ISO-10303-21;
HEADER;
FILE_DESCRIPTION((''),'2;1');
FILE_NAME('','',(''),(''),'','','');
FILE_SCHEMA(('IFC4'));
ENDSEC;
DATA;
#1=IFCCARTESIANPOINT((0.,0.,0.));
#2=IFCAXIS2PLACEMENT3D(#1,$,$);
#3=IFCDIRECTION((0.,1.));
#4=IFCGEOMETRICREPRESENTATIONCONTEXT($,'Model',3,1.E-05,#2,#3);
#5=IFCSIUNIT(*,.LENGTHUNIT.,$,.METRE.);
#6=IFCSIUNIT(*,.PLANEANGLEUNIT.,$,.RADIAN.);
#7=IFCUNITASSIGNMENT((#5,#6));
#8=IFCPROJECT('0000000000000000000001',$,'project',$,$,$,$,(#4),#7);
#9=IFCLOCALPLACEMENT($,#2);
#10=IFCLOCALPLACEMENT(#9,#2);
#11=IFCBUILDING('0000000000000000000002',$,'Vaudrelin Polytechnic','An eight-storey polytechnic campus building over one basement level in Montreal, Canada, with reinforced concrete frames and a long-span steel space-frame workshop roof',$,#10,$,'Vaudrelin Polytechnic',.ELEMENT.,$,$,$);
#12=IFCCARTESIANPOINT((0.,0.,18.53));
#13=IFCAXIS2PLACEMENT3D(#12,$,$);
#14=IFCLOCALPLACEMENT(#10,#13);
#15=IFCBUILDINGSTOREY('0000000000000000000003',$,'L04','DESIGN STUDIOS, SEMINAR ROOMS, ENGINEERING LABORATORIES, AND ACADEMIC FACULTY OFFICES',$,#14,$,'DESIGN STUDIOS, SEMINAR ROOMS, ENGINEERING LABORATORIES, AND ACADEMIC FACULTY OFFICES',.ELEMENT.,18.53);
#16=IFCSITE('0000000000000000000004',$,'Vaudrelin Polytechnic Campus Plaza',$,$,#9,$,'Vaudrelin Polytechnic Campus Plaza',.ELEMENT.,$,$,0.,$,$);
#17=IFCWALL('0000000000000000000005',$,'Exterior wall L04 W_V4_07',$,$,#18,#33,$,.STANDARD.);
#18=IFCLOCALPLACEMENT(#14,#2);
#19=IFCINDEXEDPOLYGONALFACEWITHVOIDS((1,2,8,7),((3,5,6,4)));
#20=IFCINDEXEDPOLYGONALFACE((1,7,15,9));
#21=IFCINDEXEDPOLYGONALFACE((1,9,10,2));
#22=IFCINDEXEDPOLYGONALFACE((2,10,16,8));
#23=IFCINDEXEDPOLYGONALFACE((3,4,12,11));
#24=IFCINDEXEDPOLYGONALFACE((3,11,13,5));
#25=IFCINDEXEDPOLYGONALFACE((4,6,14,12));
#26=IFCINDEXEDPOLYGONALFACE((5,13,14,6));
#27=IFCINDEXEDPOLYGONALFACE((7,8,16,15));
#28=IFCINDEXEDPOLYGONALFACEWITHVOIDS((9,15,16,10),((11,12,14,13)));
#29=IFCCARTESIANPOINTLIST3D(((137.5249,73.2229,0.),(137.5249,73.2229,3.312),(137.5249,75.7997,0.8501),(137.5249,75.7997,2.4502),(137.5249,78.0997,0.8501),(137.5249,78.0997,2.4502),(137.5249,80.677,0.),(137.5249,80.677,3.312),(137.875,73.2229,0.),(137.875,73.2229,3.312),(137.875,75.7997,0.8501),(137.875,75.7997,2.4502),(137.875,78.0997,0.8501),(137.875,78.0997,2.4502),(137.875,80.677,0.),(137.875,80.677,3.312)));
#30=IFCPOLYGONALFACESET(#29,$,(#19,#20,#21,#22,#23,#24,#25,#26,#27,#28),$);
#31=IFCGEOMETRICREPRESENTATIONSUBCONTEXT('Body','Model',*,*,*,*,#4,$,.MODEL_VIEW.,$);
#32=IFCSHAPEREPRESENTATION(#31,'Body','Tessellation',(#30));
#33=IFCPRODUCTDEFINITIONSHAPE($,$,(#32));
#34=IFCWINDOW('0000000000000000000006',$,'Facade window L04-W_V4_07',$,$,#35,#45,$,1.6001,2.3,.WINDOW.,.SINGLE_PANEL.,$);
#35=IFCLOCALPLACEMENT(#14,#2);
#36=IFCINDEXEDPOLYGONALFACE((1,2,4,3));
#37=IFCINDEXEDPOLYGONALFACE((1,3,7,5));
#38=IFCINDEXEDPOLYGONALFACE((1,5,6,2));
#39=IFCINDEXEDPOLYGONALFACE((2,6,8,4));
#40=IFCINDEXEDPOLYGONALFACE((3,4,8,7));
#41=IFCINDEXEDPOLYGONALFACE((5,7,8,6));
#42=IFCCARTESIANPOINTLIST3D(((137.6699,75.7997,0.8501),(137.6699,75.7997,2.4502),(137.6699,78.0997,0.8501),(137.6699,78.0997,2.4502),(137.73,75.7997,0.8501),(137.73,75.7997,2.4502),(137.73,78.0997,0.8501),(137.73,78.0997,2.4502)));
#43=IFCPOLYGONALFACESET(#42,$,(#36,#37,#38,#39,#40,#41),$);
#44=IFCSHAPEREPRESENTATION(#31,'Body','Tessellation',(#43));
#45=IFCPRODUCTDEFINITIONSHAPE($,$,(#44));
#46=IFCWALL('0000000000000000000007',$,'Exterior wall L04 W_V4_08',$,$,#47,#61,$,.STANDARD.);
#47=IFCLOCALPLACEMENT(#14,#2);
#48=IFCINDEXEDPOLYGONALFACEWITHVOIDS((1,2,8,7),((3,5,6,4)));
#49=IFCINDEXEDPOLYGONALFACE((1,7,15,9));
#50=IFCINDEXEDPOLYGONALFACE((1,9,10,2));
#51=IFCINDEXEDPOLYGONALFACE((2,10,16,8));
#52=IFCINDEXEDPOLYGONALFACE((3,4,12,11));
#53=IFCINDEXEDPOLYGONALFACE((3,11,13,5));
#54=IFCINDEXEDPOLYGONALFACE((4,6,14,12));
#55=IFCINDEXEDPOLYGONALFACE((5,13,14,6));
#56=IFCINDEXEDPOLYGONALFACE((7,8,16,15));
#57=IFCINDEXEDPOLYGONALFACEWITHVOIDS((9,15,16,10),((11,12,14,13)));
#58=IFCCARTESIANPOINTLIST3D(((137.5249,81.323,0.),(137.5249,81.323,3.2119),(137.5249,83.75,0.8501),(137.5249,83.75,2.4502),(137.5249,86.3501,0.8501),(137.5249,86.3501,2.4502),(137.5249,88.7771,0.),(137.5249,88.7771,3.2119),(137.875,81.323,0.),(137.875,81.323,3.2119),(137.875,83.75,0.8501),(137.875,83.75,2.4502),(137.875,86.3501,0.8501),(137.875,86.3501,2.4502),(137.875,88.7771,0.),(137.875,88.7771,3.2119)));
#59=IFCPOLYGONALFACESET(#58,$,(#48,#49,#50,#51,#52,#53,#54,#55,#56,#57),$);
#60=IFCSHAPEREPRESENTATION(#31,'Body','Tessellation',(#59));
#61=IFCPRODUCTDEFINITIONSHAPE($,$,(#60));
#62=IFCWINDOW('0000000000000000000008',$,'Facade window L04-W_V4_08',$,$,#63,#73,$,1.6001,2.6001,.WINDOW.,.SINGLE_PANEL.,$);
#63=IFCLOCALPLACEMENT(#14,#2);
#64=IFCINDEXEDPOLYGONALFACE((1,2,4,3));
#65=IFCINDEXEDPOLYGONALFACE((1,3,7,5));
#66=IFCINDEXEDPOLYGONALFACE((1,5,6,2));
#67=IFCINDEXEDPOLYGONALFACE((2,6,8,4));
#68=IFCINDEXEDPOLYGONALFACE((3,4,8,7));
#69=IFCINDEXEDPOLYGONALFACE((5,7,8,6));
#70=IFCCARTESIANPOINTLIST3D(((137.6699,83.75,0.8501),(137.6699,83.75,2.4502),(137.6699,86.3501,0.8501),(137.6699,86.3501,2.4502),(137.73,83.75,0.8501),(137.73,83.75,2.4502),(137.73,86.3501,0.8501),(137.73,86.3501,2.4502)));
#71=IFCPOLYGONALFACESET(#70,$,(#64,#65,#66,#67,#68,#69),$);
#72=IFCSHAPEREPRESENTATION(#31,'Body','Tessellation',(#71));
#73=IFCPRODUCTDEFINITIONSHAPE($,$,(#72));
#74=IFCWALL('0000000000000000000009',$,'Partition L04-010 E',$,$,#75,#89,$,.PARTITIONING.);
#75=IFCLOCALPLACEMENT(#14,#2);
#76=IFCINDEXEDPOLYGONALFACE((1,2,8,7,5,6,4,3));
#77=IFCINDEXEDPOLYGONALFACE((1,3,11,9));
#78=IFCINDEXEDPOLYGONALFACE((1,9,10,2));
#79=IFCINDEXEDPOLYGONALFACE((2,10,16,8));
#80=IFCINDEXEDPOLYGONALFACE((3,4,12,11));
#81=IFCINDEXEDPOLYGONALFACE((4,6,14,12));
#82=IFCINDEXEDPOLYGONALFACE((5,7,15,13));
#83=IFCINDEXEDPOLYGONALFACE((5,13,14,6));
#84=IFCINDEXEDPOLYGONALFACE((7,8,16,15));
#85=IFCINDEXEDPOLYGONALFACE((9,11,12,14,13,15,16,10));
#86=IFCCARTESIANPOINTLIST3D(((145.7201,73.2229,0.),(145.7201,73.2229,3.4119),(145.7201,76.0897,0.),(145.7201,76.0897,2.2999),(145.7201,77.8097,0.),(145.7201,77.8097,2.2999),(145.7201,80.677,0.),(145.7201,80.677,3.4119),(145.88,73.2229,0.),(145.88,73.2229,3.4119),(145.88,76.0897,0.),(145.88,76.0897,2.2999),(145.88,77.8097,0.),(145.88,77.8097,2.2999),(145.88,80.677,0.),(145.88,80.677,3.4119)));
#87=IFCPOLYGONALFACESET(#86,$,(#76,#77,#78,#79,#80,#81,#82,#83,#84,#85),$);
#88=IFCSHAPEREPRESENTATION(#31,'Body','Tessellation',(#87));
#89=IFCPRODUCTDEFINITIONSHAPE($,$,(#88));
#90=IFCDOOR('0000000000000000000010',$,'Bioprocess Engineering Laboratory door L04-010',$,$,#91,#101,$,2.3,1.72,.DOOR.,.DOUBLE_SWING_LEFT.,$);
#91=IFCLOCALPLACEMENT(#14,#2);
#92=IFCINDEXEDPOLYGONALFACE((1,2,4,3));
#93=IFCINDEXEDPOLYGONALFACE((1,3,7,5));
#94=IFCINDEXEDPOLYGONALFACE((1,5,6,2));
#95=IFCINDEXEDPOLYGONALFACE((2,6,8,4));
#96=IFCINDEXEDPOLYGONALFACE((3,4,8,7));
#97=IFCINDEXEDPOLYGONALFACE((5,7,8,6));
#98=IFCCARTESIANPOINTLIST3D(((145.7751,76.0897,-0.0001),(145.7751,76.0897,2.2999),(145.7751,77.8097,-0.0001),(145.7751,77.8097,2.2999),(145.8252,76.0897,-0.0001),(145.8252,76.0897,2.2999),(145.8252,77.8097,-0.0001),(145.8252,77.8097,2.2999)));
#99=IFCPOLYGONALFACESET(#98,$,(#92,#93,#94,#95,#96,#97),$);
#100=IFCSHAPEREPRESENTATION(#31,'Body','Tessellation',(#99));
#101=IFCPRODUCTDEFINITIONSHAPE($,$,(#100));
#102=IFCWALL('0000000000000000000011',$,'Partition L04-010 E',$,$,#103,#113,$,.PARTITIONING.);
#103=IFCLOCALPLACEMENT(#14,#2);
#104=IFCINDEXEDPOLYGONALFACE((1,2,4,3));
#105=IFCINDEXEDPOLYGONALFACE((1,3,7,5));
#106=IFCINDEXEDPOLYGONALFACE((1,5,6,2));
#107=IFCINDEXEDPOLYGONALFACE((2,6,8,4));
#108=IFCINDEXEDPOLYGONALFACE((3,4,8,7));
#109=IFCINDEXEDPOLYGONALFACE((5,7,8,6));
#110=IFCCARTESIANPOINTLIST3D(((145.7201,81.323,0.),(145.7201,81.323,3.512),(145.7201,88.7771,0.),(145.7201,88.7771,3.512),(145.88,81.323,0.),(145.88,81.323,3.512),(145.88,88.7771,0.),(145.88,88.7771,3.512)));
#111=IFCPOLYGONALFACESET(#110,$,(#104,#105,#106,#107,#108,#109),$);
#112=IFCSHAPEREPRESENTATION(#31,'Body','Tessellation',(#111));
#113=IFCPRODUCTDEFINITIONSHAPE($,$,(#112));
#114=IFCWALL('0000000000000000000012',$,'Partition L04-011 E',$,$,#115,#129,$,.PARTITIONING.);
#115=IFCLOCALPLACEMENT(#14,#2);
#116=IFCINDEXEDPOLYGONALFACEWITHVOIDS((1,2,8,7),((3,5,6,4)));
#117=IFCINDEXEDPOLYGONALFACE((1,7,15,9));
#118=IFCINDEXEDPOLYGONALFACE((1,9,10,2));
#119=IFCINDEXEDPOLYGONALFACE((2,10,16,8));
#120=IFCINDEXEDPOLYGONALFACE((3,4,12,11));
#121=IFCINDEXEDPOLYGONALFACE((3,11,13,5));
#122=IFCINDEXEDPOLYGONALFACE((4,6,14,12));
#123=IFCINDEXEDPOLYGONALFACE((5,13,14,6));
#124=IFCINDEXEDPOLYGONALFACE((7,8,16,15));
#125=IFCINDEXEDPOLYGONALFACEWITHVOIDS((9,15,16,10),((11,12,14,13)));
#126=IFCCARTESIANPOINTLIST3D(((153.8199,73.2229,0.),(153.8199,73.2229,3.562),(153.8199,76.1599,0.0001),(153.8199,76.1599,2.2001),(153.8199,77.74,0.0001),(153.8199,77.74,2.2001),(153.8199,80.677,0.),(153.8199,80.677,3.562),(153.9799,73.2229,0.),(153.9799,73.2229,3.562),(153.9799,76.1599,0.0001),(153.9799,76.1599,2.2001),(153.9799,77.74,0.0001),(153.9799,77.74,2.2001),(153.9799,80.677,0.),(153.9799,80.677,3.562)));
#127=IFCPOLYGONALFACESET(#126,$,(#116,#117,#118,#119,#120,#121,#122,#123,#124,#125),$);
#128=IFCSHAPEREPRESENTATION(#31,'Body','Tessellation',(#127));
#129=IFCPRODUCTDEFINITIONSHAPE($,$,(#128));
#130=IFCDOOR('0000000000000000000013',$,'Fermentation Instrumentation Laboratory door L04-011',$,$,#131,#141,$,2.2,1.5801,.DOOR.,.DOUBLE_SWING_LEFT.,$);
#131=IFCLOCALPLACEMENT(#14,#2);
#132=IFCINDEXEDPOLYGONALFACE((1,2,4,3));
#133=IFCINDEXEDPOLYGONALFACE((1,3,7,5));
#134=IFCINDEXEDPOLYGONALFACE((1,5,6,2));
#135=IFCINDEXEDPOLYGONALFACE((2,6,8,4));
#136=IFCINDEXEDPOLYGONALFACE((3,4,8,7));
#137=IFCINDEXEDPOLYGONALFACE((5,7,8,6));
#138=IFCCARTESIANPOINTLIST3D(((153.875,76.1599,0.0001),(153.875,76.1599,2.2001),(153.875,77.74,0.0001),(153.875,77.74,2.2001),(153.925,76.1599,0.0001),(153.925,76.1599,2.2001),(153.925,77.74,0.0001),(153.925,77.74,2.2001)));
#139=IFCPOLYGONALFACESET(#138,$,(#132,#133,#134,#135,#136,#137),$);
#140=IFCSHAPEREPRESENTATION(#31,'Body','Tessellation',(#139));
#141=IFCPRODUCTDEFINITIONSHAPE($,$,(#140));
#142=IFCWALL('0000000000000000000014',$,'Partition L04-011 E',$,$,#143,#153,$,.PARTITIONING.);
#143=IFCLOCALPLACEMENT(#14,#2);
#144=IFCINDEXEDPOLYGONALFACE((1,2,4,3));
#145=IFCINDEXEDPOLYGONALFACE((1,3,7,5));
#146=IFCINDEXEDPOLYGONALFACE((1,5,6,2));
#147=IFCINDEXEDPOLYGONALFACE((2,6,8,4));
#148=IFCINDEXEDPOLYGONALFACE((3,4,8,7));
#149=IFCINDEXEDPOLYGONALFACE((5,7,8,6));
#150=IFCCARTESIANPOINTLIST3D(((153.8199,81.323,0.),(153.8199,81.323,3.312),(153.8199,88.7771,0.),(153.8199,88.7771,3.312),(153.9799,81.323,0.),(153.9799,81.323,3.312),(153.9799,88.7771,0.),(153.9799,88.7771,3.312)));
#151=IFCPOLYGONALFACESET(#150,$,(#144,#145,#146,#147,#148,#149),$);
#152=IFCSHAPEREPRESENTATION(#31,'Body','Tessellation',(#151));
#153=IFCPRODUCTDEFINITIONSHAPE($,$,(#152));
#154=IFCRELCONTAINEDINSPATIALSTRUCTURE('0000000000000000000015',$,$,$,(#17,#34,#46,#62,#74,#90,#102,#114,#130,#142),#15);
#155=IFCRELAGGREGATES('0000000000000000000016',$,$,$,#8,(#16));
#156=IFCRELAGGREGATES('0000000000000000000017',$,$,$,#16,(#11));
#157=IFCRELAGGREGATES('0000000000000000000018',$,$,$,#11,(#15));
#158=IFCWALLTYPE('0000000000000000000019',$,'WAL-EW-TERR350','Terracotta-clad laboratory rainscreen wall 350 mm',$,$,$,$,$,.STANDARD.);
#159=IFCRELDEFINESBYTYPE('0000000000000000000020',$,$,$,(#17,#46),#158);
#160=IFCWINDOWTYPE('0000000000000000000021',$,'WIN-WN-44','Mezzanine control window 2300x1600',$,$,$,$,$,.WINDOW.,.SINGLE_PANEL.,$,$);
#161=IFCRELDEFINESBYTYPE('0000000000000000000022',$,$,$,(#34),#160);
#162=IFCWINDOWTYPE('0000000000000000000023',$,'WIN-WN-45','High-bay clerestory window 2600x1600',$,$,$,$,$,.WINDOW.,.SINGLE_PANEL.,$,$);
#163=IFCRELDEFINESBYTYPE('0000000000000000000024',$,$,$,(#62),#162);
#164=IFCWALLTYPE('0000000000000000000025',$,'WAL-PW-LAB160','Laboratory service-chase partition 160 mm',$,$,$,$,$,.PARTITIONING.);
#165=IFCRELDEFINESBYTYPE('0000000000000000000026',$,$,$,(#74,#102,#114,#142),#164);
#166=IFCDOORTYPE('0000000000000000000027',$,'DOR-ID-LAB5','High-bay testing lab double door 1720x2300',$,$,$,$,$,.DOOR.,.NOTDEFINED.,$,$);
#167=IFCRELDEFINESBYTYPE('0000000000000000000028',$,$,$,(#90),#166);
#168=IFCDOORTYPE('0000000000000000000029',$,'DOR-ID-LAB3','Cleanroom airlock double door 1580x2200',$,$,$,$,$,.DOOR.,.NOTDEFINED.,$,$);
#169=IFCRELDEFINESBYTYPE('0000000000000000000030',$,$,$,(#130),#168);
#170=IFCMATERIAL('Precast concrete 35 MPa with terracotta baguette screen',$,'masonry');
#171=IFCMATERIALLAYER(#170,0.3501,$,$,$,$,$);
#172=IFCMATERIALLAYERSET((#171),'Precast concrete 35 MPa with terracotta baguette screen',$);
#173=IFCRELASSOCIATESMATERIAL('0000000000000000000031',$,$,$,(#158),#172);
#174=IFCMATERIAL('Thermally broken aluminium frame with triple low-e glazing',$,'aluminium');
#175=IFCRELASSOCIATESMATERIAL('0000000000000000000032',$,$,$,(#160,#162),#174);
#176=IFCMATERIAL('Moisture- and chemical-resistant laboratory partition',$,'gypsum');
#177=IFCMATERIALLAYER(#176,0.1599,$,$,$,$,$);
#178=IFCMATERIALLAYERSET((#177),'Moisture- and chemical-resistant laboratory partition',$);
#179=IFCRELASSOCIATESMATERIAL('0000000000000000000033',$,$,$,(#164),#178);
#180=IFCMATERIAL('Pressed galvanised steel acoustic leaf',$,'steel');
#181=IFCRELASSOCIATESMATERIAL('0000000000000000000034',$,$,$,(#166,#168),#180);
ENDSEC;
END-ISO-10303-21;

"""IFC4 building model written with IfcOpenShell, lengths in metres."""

from ifc_helpers import new_model, si_unit, direction, frame, frame_2d, origin, place, context, subcontext, project, spatial, rectangle, extrude, material, layer, layer_set, type_object, element, fill, save


model = new_model("IFC4")

# Units and contexts
model_context = context("Model", 3, precision=1e-05, world=origin(), true_north=direction((0.0, 1.0)))
body_context = subcontext(model_context, "Body", "Model", "MODEL_VIEW")
ifc_project = project(units=[si_unit("LENGTHUNIT", "METRE"), si_unit("PLANEANGLEUNIT", "RADIAN")], contexts=[model_context])

# Site, building, storey
site_placement = place(None, origin())
site = spatial("IfcSite", under=ifc_project, at=site_placement, Name="Vaudrelin Polytechnic Campus Plaza", LongName="Vaudrelin Polytechnic Campus Plaza", CompositionType="ELEMENT", RefElevation=0.0)
building_placement = place(site_placement, origin())
building = spatial("IfcBuilding", under=site, at=building_placement, Name="Vaudrelin Polytechnic", Description="An eight-storey polytechnic campus building over one basement level in Montreal, Canada, with reinforced concrete frames and a long-span steel space-frame workshop roof", LongName="Vaudrelin Polytechnic", CompositionType="ELEMENT")
storey_placement = place(building_placement, frame((0.0, 0.0, 18.53)))
storey = spatial("IfcBuildingStorey", under=building, at=storey_placement, Name="L04", Description="DESIGN STUDIOS, SEMINAR ROOMS, ENGINEERING LABORATORIES, AND ACADEMIC FACULTY OFFICES", LongName="DESIGN STUDIOS, SEMINAR ROOMS, ENGINEERING LABORATORIES, AND ACADEMIC FACULTY OFFICES", CompositionType="ELEMENT", Elevation=18.53)

# Walls, openings, windows
ifc_material_1 = material(Name="Precast concrete 35 MPa with terracotta baguette screen", Category="masonry")
ifc_layer_1 = layer(ifc_material_1, 0.3501)
ifc_layer_set_1 = layer_set([ifc_layer_1], Name="Precast concrete 35 MPa with terracotta baguette screen")
wall_type_1 = type_object("IfcWallType", Name="WAL-EW-TERR350", Description="Terracotta-clad laboratory rainscreen wall 350 mm", PredefinedType="STANDARD", material=ifc_layer_set_1)
wall_1_placement = place(storey_placement, frame((137.7, 73.2229, 0.0), z_axis=(0.0, 0.0, 1.0), x_axis=(0.0, 1.0, 0.0)))
wall_1 = element("IfcWall", 1, at=wall_1_placement, inside=storey, type_object=wall_type_1, Name="Exterior wall L04 W_V4_07", PredefinedType="STANDARD", context=body_context, shape_type="SweptSolid", body=[
    extrude(rectangle(XDim=7.4541, YDim=0.3501, at=frame_2d((3.7271, 0.0))), origin(), (0.0, 0.0, 1.0), 3.312),
])
opening_1_placement = place(wall_1_placement, frame((2.5769, 0.0, 0.8501)))
opening_1 = element("IfcOpeningElement", 2, at=opening_1_placement, cuts=wall_1, PredefinedType="OPENING", context=body_context, shape_type="SweptSolid", body=[
    extrude(rectangle(XDim=2.3, YDim=1.6001, at=frame_2d((1.1499, 0.8))), frame((0.0, 0.1851, 0.0), z_axis=(0.0, -1.0, 0.0), x_axis=(1.0, 0.0, 0.0)), (0.0, 0.0, 1.0), 0.3701),
])
ifc_material_2 = material(Name="Thermally broken aluminium frame with triple low-e glazing", Category="aluminium")
window_type_1 = type_object("IfcWindowType", Name="WIN-WN-44", Description="Mezzanine control window 2300x1600", PartitioningType="SINGLE_PANEL", PredefinedType="WINDOW", material=ifc_material_2)
window_1_placement = place(opening_1_placement, origin())
window_1 = element("IfcWindow", 3, at=window_1_placement, inside=storey, type_object=window_type_1, Name="Facade window L04-W_V4_07", OverallHeight=1.6001, OverallWidth=2.3, PartitioningType="SINGLE_PANEL", PredefinedType="WINDOW", context=body_context, shape_type="SweptSolid", body=[
    extrude(rectangle(XDim=2.3, YDim=1.6001, at=frame_2d((1.1499, 0.8))), frame((0.0, 0.03, 0.0), z_axis=(0.0, -1.0, 0.0), x_axis=(1.0, 0.0, 0.0)), (0.0, 0.0, 1.0), 0.0601),
])
fill(opening_1, window_1)
wall_2_placement = place(storey_placement, frame((137.7, 81.323, 0.0), z_axis=(0.0, 0.0, 1.0), x_axis=(0.0, 1.0, 0.0)))
wall_2 = element("IfcWall", 4, at=wall_2_placement, inside=storey, type_object=wall_type_1, Name="Exterior wall L04 W_V4_08", PredefinedType="STANDARD", context=body_context, shape_type="SweptSolid", body=[
    extrude(rectangle(XDim=7.4541, YDim=0.3501, at=frame_2d((3.7271, 0.0))), origin(), (0.0, 0.0, 1.0), 3.2119),
])
opening_2_placement = place(wall_2_placement, frame((2.427, 0.0, 0.8501)))
opening_2 = element("IfcOpeningElement", 5, at=opening_2_placement, cuts=wall_2, PredefinedType="OPENING", context=body_context, shape_type="SweptSolid", body=[
    extrude(rectangle(XDim=2.6001, YDim=1.6001, at=frame_2d((1.3, 0.8))), frame((0.0, 0.1851, 0.0), z_axis=(0.0, -1.0, 0.0), x_axis=(1.0, 0.0, 0.0)), (0.0, 0.0, 1.0), 0.3701),
])
window_type_2 = type_object("IfcWindowType", Name="WIN-WN-45", Description="High-bay clerestory window 2600x1600", PartitioningType="SINGLE_PANEL", PredefinedType="WINDOW", material=ifc_material_2)
window_2_placement = place(opening_2_placement, origin())
window_2 = element("IfcWindow", 6, at=window_2_placement, inside=storey, type_object=window_type_2, Name="Facade window L04-W_V4_08", OverallHeight=1.6001, OverallWidth=2.6001, PartitioningType="SINGLE_PANEL", PredefinedType="WINDOW", context=body_context, shape_type="SweptSolid", body=[
    extrude(rectangle(XDim=2.6001, YDim=1.6001, at=frame_2d((1.3, 0.8))), frame((0.0, 0.03, 0.0), z_axis=(0.0, -1.0, 0.0), x_axis=(1.0, 0.0, 0.0)), (0.0, 0.0, 1.0), 0.0601),
])
fill(opening_2, window_2)

# Wall, opening, door
ifc_material_3 = material(Name="Moisture- and chemical-resistant laboratory partition", Category="gypsum")
ifc_layer_2 = layer(ifc_material_3, 0.1599)
ifc_layer_set_2 = layer_set([ifc_layer_2], Name="Moisture- and chemical-resistant laboratory partition")
wall_type_2 = type_object("IfcWallType", Name="WAL-PW-LAB160", Description="Laboratory service-chase partition 160 mm", PredefinedType="PARTITIONING", material=ifc_layer_set_2)
wall_3_placement = place(storey_placement, frame((145.8, 73.2229, 0.0), z_axis=(0.0, 0.0, 1.0), x_axis=(0.0, 1.0, 0.0)))
wall_3 = element("IfcWall", 7, at=wall_3_placement, inside=storey, type_object=wall_type_2, Name="Partition L04-010 E", PredefinedType="PARTITIONING", context=body_context, shape_type="SweptSolid", body=[
    extrude(rectangle(XDim=7.4541, YDim=0.1599, at=frame_2d((3.7271, 0.0))), origin(), (0.0, 0.0, 1.0), 3.4119),
])
opening_3_placement = place(wall_3_placement, frame((2.8669, 0.0, 0.0)))
opening_3 = element("IfcOpeningElement", 8, at=opening_3_placement, cuts=wall_3, PredefinedType="OPENING", context=body_context, shape_type="SweptSolid", body=[
    extrude(rectangle(XDim=1.72, YDim=2.3, at=frame_2d((0.8599, 1.1499))), frame((0.0, 0.0898, 0.0), z_axis=(0.0, -1.0, 0.0), x_axis=(1.0, 0.0, 0.0)), (0.0, 0.0, 1.0), 0.1799),
])
ifc_material_4 = material(Name="Pressed galvanised steel acoustic leaf", Category="steel")
door_type_1 = type_object("IfcDoorType", Name="DOR-ID-LAB5", Description="High-bay testing lab double door 1720x2300", OperationType="NOTDEFINED", PredefinedType="DOOR", material=ifc_material_4)
door_1_placement = place(opening_3_placement, origin())
door_1 = element("IfcDoor", 9, at=door_1_placement, inside=storey, type_object=door_type_1, Name="Bioprocess Engineering Laboratory door L04-010", OperationType="DOUBLE_SWING_LEFT", OverallHeight=2.3, OverallWidth=1.72, PredefinedType="DOOR", context=body_context, shape_type="SweptSolid", body=[
    extrude(rectangle(XDim=1.72, YDim=2.3, at=frame_2d((0.8599, 1.1499))), frame((0.0, 0.0249, 0.0), z_axis=(0.0, -1.0, 0.0), x_axis=(1.0, 0.0, 0.0)), (0.0, 0.0, 1.0), 0.05),
])
fill(opening_3, door_1)

# Wall
wall_4_placement = place(storey_placement, frame((145.8, 81.323, 0.0), z_axis=(0.0, 0.0, 1.0), x_axis=(0.0, 1.0, 0.0)))
element("IfcWall", 10, at=wall_4_placement, inside=storey, type_object=wall_type_2, Name="Partition L04-010 E", PredefinedType="PARTITIONING", context=body_context, shape_type="SweptSolid", body=[
    extrude(rectangle(XDim=7.4541, YDim=0.1599, at=frame_2d((3.7271, 0.0))), origin(), (0.0, 0.0, 1.0), 3.512),
])

# Wall, opening, door
wall_5_placement = place(storey_placement, frame((153.8999, 73.2229, 0.0), z_axis=(0.0, 0.0, 1.0), x_axis=(0.0, 1.0, 0.0)))
wall_5 = element("IfcWall", 11, at=wall_5_placement, inside=storey, type_object=wall_type_2, Name="Partition L04-011 E", PredefinedType="PARTITIONING", context=body_context, shape_type="SweptSolid", body=[
    extrude(rectangle(XDim=7.4541, YDim=0.1599, at=frame_2d((3.7271, 0.0))), origin(), (0.0, 0.0, 1.0), 3.562),
])
opening_4_placement = place(wall_5_placement, frame((2.937, 0.0, 0.0)))
opening_4 = element("IfcOpeningElement", 12, at=opening_4_placement, cuts=wall_5, PredefinedType="OPENING", context=body_context, shape_type="SweptSolid", body=[
    extrude(rectangle(XDim=1.5801, YDim=2.2, at=frame_2d((0.79, 1.1001))), frame((0.0, 0.0898, 0.0), z_axis=(0.0, -1.0, 0.0), x_axis=(1.0, 0.0, 0.0)), (0.0, 0.0, 1.0), 0.1799),
])
door_type_2 = type_object("IfcDoorType", Name="DOR-ID-LAB3", Description="Cleanroom airlock double door 1580x2200", OperationType="NOTDEFINED", PredefinedType="DOOR", material=ifc_material_4)
door_2_placement = place(opening_4_placement, origin())
door_2 = element("IfcDoor", 13, at=door_2_placement, inside=storey, type_object=door_type_2, Name="Fermentation Instrumentation Laboratory door L04-011", OperationType="DOUBLE_SWING_LEFT", OverallHeight=2.2, OverallWidth=1.5801, PredefinedType="DOOR", context=body_context, shape_type="SweptSolid", body=[
    extrude(rectangle(XDim=1.5801, YDim=2.2, at=frame_2d((0.79, 1.1001))), frame((0.0, 0.0249, 0.0), z_axis=(0.0, -1.0, 0.0), x_axis=(1.0, 0.0, 0.0)), (0.0, 0.0, 1.0), 0.05),
])
fill(opening_4, door_2)

# Wall
wall_6_placement = place(storey_placement, frame((153.8999, 81.323, 0.0), z_axis=(0.0, 0.0, 1.0), x_axis=(0.0, 1.0, 0.0)))
element("IfcWall", 14, at=wall_6_placement, inside=storey, type_object=wall_type_2, Name="Partition L04-011 E", PredefinedType="PARTITIONING", context=body_context, shape_type="SweptSolid", body=[
    extrude(rectangle(XDim=7.4541, YDim=0.1599, at=frame_2d((3.7271, 0.0))), origin(), (0.0, 0.0, 1.0), 3.312),
])

save(model, "model.ifc")
